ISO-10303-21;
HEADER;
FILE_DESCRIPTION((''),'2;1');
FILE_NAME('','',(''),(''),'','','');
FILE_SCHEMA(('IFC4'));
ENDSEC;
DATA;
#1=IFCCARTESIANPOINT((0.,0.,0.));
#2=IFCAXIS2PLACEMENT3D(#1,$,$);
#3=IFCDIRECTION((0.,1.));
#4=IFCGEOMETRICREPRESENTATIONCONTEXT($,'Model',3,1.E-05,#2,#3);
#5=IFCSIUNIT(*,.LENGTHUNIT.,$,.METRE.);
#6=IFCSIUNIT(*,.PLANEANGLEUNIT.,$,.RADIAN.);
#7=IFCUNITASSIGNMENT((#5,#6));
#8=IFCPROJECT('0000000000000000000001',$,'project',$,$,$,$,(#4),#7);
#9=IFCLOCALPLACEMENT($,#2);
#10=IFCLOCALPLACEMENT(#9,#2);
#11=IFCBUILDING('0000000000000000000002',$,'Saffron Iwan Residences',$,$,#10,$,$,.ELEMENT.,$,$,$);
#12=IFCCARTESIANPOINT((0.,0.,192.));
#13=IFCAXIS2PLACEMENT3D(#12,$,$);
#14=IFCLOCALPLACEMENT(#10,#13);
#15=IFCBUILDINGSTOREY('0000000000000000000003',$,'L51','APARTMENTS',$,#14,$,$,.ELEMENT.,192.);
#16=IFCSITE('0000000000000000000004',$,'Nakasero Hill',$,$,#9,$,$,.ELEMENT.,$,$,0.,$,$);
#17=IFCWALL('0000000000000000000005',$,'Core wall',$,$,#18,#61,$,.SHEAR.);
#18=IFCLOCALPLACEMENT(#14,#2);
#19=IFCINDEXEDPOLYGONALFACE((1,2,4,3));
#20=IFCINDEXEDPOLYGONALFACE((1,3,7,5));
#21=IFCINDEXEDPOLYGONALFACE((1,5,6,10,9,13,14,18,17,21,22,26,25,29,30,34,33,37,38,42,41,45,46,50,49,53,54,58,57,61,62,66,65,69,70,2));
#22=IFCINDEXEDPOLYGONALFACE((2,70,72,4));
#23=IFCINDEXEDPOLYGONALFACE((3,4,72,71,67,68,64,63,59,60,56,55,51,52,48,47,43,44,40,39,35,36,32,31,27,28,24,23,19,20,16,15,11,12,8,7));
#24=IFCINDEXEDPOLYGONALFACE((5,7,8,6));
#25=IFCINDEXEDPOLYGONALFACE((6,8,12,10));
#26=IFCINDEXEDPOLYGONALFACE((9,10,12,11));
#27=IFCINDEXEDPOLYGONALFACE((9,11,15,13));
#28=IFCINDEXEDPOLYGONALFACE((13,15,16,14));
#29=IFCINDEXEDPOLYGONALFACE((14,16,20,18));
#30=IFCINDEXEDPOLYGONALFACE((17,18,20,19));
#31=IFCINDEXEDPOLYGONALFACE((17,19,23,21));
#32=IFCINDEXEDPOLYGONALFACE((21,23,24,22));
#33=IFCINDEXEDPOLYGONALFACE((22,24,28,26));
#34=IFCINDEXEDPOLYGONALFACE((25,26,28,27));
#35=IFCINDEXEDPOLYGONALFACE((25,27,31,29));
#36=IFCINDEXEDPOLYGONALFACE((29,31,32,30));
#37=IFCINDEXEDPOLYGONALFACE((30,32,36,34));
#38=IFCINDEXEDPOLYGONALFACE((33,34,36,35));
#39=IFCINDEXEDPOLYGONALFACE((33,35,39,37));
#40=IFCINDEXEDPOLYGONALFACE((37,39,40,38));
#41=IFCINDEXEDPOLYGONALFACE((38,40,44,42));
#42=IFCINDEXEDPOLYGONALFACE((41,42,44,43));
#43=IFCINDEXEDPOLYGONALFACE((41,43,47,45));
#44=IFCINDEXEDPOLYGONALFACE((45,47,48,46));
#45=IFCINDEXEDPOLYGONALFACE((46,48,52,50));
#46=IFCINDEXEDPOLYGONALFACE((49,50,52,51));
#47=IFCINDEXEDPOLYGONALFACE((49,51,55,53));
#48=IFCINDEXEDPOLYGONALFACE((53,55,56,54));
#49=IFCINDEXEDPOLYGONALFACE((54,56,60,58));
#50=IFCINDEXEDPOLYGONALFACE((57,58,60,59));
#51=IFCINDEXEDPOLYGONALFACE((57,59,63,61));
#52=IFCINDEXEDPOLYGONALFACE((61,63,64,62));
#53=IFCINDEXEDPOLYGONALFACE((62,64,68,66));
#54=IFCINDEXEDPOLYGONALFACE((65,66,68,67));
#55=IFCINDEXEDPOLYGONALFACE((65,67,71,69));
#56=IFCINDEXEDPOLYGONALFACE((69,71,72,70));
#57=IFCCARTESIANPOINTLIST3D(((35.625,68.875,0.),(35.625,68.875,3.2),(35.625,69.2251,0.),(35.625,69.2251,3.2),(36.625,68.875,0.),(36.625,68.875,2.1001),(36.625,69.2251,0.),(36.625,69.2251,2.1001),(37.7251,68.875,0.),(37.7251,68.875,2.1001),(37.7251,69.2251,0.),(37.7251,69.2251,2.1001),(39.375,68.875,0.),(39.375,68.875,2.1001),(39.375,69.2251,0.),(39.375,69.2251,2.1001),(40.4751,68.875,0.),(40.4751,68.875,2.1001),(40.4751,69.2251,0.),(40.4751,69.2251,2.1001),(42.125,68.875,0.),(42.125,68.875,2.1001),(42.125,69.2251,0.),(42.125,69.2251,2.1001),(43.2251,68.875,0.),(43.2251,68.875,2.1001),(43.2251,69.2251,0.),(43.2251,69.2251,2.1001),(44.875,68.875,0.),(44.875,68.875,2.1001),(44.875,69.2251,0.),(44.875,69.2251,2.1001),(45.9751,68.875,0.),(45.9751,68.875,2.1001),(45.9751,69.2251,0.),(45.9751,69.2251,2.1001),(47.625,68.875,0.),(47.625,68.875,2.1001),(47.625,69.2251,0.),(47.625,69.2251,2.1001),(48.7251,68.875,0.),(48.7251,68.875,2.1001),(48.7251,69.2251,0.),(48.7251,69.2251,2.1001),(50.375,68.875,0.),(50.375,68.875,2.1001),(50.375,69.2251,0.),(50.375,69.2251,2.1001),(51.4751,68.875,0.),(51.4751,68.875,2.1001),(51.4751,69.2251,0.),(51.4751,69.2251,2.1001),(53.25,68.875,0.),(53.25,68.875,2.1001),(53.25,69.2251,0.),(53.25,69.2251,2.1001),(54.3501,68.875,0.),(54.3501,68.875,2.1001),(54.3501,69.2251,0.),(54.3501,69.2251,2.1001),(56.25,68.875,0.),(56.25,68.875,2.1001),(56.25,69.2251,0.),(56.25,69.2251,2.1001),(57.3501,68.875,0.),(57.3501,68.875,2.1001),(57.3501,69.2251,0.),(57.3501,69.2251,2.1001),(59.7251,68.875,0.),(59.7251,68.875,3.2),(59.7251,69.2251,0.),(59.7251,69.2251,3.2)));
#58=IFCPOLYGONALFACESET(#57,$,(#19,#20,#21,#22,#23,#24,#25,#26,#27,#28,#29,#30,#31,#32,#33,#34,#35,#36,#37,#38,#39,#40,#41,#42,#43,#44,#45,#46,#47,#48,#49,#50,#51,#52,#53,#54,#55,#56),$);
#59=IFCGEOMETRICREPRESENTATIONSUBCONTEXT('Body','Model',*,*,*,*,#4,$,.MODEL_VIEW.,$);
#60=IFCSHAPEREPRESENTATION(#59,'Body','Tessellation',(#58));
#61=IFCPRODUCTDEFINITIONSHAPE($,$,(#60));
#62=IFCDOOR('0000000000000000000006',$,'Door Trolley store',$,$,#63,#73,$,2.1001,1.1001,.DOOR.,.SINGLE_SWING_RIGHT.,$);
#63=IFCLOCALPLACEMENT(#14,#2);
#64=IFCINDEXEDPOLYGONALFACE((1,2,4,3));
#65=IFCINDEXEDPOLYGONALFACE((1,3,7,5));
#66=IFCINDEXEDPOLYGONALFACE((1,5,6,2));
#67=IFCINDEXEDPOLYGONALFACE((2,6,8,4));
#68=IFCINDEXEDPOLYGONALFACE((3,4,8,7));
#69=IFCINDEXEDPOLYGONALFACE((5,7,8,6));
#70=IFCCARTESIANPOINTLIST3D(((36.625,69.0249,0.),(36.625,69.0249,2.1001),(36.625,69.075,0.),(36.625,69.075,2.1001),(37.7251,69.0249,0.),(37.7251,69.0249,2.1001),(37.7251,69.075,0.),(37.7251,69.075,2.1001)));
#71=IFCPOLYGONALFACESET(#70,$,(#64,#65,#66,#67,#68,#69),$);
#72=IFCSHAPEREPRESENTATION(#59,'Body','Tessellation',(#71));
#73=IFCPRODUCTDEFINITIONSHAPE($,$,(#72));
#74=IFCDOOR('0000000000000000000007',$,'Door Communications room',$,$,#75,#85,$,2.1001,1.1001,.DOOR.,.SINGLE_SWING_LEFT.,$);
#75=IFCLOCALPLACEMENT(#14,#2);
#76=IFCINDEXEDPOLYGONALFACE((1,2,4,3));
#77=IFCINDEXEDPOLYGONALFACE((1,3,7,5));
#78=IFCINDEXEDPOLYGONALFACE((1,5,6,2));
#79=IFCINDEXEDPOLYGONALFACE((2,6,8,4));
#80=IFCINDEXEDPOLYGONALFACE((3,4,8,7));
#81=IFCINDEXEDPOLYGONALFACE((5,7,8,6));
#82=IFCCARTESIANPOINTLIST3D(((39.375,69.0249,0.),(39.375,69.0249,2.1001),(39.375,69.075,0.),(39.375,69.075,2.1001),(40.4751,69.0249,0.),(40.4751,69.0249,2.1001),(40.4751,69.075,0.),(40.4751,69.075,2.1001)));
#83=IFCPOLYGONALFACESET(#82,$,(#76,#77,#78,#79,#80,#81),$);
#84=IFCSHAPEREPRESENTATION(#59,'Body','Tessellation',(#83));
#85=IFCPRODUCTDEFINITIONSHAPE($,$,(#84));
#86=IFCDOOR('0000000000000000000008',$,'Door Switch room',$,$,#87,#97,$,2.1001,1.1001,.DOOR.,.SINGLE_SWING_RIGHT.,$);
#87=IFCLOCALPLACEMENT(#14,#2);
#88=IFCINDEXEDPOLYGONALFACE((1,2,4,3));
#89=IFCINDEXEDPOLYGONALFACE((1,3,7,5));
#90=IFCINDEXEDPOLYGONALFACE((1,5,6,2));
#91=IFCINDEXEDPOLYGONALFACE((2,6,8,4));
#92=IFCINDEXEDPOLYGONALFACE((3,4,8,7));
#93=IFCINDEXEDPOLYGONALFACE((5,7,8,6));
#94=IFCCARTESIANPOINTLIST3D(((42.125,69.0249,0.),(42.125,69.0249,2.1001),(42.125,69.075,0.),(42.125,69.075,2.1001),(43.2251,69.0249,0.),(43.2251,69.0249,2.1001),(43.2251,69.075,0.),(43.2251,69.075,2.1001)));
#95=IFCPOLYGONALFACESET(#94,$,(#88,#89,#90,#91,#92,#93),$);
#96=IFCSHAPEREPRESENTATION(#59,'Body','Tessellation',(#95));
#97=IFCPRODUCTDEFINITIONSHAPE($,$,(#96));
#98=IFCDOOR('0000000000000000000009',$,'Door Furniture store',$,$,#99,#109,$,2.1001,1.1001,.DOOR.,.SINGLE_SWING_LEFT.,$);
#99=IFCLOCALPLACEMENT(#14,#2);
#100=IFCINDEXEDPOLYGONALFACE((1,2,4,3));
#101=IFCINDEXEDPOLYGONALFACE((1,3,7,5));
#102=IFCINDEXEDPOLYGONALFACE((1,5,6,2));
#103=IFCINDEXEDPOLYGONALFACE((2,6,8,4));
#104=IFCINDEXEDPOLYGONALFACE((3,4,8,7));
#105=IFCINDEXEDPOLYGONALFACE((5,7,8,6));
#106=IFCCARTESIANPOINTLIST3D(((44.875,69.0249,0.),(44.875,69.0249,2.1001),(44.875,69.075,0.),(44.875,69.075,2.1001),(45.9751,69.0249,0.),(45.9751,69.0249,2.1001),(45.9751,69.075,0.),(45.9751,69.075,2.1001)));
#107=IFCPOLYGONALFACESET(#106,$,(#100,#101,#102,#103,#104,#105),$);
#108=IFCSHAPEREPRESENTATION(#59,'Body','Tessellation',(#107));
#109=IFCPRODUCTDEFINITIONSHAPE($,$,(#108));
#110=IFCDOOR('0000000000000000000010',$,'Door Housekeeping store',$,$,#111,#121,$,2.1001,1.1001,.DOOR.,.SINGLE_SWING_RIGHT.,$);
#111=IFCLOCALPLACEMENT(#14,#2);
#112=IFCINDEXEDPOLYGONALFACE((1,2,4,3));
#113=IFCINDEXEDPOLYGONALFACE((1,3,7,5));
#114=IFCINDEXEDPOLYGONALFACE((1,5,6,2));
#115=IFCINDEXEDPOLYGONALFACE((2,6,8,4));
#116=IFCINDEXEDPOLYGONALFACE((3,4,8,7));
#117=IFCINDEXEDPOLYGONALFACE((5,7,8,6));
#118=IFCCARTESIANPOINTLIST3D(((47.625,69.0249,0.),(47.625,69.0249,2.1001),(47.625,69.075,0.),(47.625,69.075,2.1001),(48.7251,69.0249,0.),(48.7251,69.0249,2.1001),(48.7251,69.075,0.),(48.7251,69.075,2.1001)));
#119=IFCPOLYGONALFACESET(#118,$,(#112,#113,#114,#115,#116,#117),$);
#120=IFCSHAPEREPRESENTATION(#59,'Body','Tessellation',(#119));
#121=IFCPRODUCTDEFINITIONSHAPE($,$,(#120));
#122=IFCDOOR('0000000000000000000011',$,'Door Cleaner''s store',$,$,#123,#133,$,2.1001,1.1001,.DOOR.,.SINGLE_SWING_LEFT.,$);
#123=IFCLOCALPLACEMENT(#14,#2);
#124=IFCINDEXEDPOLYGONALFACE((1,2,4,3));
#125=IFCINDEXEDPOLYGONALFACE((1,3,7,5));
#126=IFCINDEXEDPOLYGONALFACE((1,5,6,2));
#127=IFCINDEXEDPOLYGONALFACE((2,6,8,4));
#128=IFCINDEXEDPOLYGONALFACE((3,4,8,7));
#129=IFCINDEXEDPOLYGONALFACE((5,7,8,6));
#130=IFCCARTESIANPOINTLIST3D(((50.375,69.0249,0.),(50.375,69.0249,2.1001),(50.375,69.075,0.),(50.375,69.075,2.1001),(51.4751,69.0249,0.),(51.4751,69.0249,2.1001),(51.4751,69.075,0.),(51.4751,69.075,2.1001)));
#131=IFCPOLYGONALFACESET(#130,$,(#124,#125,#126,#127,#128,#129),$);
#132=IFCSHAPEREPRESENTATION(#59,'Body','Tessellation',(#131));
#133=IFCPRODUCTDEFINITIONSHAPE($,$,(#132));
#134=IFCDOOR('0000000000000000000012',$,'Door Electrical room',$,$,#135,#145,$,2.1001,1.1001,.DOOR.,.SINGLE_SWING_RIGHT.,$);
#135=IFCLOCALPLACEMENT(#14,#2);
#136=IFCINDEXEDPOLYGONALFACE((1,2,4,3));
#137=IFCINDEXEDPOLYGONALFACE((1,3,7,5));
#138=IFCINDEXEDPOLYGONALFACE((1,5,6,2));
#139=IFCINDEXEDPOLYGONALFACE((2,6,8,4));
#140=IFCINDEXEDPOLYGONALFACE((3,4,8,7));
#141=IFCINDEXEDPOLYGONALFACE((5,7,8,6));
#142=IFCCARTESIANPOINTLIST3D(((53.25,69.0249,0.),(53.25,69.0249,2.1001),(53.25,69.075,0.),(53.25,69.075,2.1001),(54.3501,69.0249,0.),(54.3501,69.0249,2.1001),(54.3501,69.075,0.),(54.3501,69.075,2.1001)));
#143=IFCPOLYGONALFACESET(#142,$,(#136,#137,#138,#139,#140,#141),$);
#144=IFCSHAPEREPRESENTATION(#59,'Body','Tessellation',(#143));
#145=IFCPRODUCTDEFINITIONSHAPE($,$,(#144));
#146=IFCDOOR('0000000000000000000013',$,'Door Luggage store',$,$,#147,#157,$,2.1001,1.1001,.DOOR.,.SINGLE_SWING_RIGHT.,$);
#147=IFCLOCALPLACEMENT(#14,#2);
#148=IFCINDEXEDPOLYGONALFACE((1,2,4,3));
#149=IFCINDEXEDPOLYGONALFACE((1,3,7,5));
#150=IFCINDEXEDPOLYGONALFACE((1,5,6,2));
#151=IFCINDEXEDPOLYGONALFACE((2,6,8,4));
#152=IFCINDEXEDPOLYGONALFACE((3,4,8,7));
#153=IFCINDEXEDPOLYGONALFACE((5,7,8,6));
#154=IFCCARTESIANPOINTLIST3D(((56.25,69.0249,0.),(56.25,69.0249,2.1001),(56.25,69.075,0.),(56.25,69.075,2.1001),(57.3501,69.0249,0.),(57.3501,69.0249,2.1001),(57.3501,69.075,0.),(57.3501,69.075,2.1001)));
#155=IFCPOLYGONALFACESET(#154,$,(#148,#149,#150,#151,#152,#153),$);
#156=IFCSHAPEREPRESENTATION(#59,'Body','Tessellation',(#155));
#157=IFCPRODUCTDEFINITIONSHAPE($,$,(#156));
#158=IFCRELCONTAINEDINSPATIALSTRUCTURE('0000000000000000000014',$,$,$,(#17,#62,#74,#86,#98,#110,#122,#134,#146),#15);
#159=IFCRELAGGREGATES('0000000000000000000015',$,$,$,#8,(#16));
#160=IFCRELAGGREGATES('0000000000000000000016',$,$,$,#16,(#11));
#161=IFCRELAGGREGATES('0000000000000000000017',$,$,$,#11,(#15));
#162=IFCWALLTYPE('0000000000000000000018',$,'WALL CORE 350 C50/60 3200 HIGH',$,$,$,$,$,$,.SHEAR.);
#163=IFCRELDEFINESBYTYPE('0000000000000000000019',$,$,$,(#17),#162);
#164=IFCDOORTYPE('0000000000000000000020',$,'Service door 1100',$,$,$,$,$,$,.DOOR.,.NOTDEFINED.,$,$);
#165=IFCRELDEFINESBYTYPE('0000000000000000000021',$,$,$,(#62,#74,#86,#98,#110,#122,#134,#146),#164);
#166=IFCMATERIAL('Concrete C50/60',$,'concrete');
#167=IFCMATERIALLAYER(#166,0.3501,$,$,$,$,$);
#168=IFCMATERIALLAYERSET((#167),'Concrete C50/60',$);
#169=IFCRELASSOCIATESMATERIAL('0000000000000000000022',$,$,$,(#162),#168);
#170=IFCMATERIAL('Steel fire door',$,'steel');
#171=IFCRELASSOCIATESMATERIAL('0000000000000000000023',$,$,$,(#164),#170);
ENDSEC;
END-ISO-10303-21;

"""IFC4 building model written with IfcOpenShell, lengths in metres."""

from ifc_helpers import new_model, si_unit, direction, frame, frame_2d, origin, place, context, subcontext, project, spatial, rectangle, extrude, material, layer, layer_set, type_object, element, fill, save


model = new_model("IFC4")

# Units and contexts
model_context = context("Model", 3, precision=1e-05, world=origin(), true_north=direction((0.0, 1.0)))
body_context = subcontext(model_context, "Body", "Model", "MODEL_VIEW")
ifc_project = project(units=[si_unit("LENGTHUNIT", "METRE"), si_unit("PLANEANGLEUNIT", "RADIAN")], contexts=[model_context])

# Site, building, storey
site_placement = place(None, origin())
site = spatial("IfcSite", under=ifc_project, at=site_placement, Name="Nakasero Hill", CompositionType="ELEMENT", RefElevation=0.0)
building_placement = place(site_placement, origin())
building = spatial("IfcBuilding", under=site, at=building_placement, Name="Saffron Iwan Residences", CompositionType="ELEMENT")
storey_placement = place(building_placement, frame((0.0, 0.0, 192.0)))
storey = spatial("IfcBuildingStorey", under=building, at=storey_placement, Name="L51", Description="APARTMENTS", CompositionType="ELEMENT", Elevation=192.0)

# Shared definitions
ifc_material_1 = material(Name="Concrete C50/60", Category="concrete")

# Shared definitions
ifc_material_2 = material(Name="Steel fire door", Category="steel")

# Wall, openings, doors
ifc_layer_1 = layer(ifc_material_1, 0.3501)
ifc_layer_set_1 = layer_set([ifc_layer_1], Name="Concrete C50/60")
wall_type_1 = type_object("IfcWallType", Name="WALL CORE 350 C50/60 3200 HIGH", PredefinedType="SHEAR", material=ifc_layer_set_1)
wall_1_placement = place(storey_placement, frame((35.625, 69.05, 0.0), z_axis=(0.0, 0.0, 1.0), x_axis=(1.0, 0.0, 0.0)))
wall_1 = element("IfcWall", 1, at=wall_1_placement, inside=storey, type_object=wall_type_1, Name="Core wall", PredefinedType="SHEAR", context=body_context, shape_type="SweptSolid", body=[
    extrude(rectangle(XDim=24.1001, YDim=0.3501, at=frame_2d((12.05, 0.0))), origin(), (0.0, 0.0, 1.0), 3.2),
])
opening_1_placement = place(wall_1_placement, frame((1.0, 0.0, 0.0)))
opening_1 = element("IfcOpeningElement", 2, at=opening_1_placement, cuts=wall_1, PredefinedType="OPENING", context=body_context, shape_type="SweptSolid", body=[
    extrude(rectangle(XDim=1.1001, YDim=2.1001, at=frame_2d((0.55, 1.05))), frame((0.0, 0.1851, 0.0), z_axis=(0.0, -1.0, 0.0), x_axis=(1.0, 0.0, 0.0)), (0.0, 0.0, 1.0), 0.3701),
])
opening_2_placement = place(wall_1_placement, frame((3.75, 0.0, 0.0)))
opening_2 = element("IfcOpeningElement", 3, at=opening_2_placement, cuts=wall_1, PredefinedType="OPENING", context=body_context, shape_type="SweptSolid", body=[
    extrude(rectangle(XDim=1.1001, YDim=2.1001, at=frame_2d((0.55, 1.05))), frame((0.0, 0.1851, 0.0), z_axis=(0.0, -1.0, 0.0), x_axis=(1.0, 0.0, 0.0)), (0.0, 0.0, 1.0), 0.3701),
])
opening_3_placement = place(wall_1_placement, frame((6.5, 0.0, 0.0)))
opening_3 = element("IfcOpeningElement", 4, at=opening_3_placement, cuts=wall_1, PredefinedType="OPENING", context=body_context, shape_type="SweptSolid", body=[
    extrude(rectangle(XDim=1.1001, YDim=2.1001, at=frame_2d((0.55, 1.05))), frame((0.0, 0.1851, 0.0), z_axis=(0.0, -1.0, 0.0), x_axis=(1.0, 0.0, 0.0)), (0.0, 0.0, 1.0), 0.3701),
])
opening_4_placement = place(wall_1_placement, frame((9.25, 0.0, 0.0)))
opening_4 = element("IfcOpeningElement", 5, at=opening_4_placement, cuts=wall_1, PredefinedType="OPENING", context=body_context, shape_type="SweptSolid", body=[
    extrude(rectangle(XDim=1.1001, YDim=2.1001, at=frame_2d((0.55, 1.05))), frame((0.0, 0.1851, 0.0), z_axis=(0.0, -1.0, 0.0), x_axis=(1.0, 0.0, 0.0)), (0.0, 0.0, 1.0), 0.3701),
])
opening_5_placement = place(wall_1_placement, frame((12.0, 0.0, 0.0)))
opening_5 = element("IfcOpeningElement", 6, at=opening_5_placement, cuts=wall_1, PredefinedType="OPENING", context=body_context, shape_type="SweptSolid", body=[
    extrude(rectangle(XDim=1.1001, YDim=2.1001, at=frame_2d((0.55, 1.05))), frame((0.0, 0.1851, 0.0), z_axis=(0.0, -1.0, 0.0), x_axis=(1.0, 0.0, 0.0)), (0.0, 0.0, 1.0), 0.3701),
])
opening_6_placement = place(wall_1_placement, frame((14.75, 0.0, 0.0)))
opening_6 = element("IfcOpeningElement", 7, at=opening_6_placement, cuts=wall_1, PredefinedType="OPENING", context=body_context, shape_type="SweptSolid", body=[
    extrude(rectangle(XDim=1.1001, YDim=2.1001, at=frame_2d((0.55, 1.05))), frame((0.0, 0.1851, 0.0), z_axis=(0.0, -1.0, 0.0), x_axis=(1.0, 0.0, 0.0)), (0.0, 0.0, 1.0), 0.3701),
])
opening_7_placement = place(wall_1_placement, frame((17.625, 0.0, 0.0)))
opening_7 = element("IfcOpeningElement", 8, at=opening_7_placement, cuts=wall_1, PredefinedType="OPENING", context=body_context, shape_type="SweptSolid", body=[
    extrude(rectangle(XDim=1.1001, YDim=2.1001, at=frame_2d((0.55, 1.05))), frame((0.0, 0.1851, 0.0), z_axis=(0.0, -1.0, 0.0), x_axis=(1.0, 0.0, 0.0)), (0.0, 0.0, 1.0), 0.3701),
])
opening_8_placement = place(wall_1_placement, frame((20.625, 0.0, 0.0)))
opening_8 = element("IfcOpeningElement", 9, at=opening_8_placement, cuts=wall_1, PredefinedType="OPENING", context=body_context, shape_type="SweptSolid", body=[
    extrude(rectangle(XDim=1.1001, YDim=2.1001, at=frame_2d((0.55, 1.05))), frame((0.0, 0.1851, 0.0), z_axis=(0.0, -1.0, 0.0), x_axis=(1.0, 0.0, 0.0)), (0.0, 0.0, 1.0), 0.3701),
])
door_type_1 = type_object("IfcDoorType", Name="Service door 1100", OperationType="NOTDEFINED", PredefinedType="DOOR", material=ifc_material_2)
door_1_placement = place(opening_1_placement, origin())
door_1 = element("IfcDoor", 10, at=door_1_placement, inside=storey, type_object=door_type_1, Name="Door Trolley store", OperationType="SINGLE_SWING_RIGHT", OverallHeight=2.1001, OverallWidth=1.1001, PredefinedType="DOOR", context=body_context, shape_type="SweptSolid", body=[
    extrude(rectangle(XDim=1.1001, YDim=2.1001, at=frame_2d((0.55, 1.05))), frame((0.0, 0.0249, 0.0), z_axis=(0.0, -1.0, 0.0), x_axis=(1.0, 0.0, 0.0)), (0.0, 0.0, 1.0), 0.05),
])
fill(opening_1, door_1)
door_2_placement = place(opening_2_placement, origin())
door_2 = element("IfcDoor", 11, at=door_2_placement, inside=storey, type_object=door_type_1, Name="Door Communications room", OperationType="SINGLE_SWING_LEFT", OverallHeight=2.1001, OverallWidth=1.1001, PredefinedType="DOOR", context=body_context, shape_type="SweptSolid", body=[
    extrude(rectangle(XDim=1.1001, YDim=2.1001, at=frame_2d((0.55, 1.05))), frame((0.0, 0.0249, 0.0), z_axis=(0.0, -1.0, 0.0), x_axis=(1.0, 0.0, 0.0)), (0.0, 0.0, 1.0), 0.05),
])
fill(opening_2, door_2)
door_3_placement = place(opening_3_placement, origin())
door_3 = element("IfcDoor", 12, at=door_3_placement, inside=storey, type_object=door_type_1, Name="Door Switch room", OperationType="SINGLE_SWING_RIGHT", OverallHeight=2.1001, OverallWidth=1.1001, PredefinedType="DOOR", context=body_context, shape_type="SweptSolid", body=[
    extrude(rectangle(XDim=1.1001, YDim=2.1001, at=frame_2d((0.55, 1.05))), frame((0.0, 0.0249, 0.0), z_axis=(0.0, -1.0, 0.0), x_axis=(1.0, 0.0, 0.0)), (0.0, 0.0, 1.0), 0.05),
])
fill(opening_3, door_3)
door_4_placement = place(opening_4_placement, origin())
door_4 = element("IfcDoor", 13, at=door_4_placement, inside=storey, type_object=door_type_1, Name="Door Furniture store", OperationType="SINGLE_SWING_LEFT", OverallHeight=2.1001, OverallWidth=1.1001, PredefinedType="DOOR", context=body_context, shape_type="SweptSolid", body=[
    extrude(rectangle(XDim=1.1001, YDim=2.1001, at=frame_2d((0.55, 1.05))), frame((0.0, 0.0249, 0.0), z_axis=(0.0, -1.0, 0.0), x_axis=(1.0, 0.0, 0.0)), (0.0, 0.0, 1.0), 0.05),
])
fill(opening_4, door_4)
door_5_placement = place(opening_5_placement, origin())
door_5 = element("IfcDoor", 14, at=door_5_placement, inside=storey, type_object=door_type_1, Name="Door Housekeeping store", OperationType="SINGLE_SWING_RIGHT", OverallHeight=2.1001, OverallWidth=1.1001, PredefinedType="DOOR", context=body_context, shape_type="SweptSolid", body=[
    extrude(rectangle(XDim=1.1001, YDim=2.1001, at=frame_2d((0.55, 1.05))), frame((0.0, 0.0249, 0.0), z_axis=(0.0, -1.0, 0.0), x_axis=(1.0, 0.0, 0.0)), (0.0, 0.0, 1.0), 0.05),
])
fill(opening_5, door_5)
door_6_placement = place(opening_6_placement, origin())
door_6 = element("IfcDoor", 15, at=door_6_placement, inside=storey, type_object=door_type_1, Name="Door Cleaner's store", OperationType="SINGLE_SWING_LEFT", OverallHeight=2.1001, OverallWidth=1.1001, PredefinedType="DOOR", context=body_context, shape_type="SweptSolid", body=[
    extrude(rectangle(XDim=1.1001, YDim=2.1001, at=frame_2d((0.55, 1.05))), frame((0.0, 0.0249, 0.0), z_axis=(0.0, -1.0, 0.0), x_axis=(1.0, 0.0, 0.0)), (0.0, 0.0, 1.0), 0.05),
])
fill(opening_6, door_6)
door_7_placement = place(opening_7_placement, origin())
door_7 = element("IfcDoor", 16, at=door_7_placement, inside=storey, type_object=door_type_1, Name="Door Electrical room", OperationType="SINGLE_SWING_RIGHT", OverallHeight=2.1001, OverallWidth=1.1001, PredefinedType="DOOR", context=body_context, shape_type="SweptSolid", body=[
    extrude(rectangle(XDim=1.1001, YDim=2.1001, at=frame_2d((0.55, 1.05))), frame((0.0, 0.0249, 0.0), z_axis=(0.0, -1.0, 0.0), x_axis=(1.0, 0.0, 0.0)), (0.0, 0.0, 1.0), 0.05),
])
fill(opening_7, door_7)
door_8_placement = place(opening_8_placement, origin())
door_8 = element("IfcDoor", 17, at=door_8_placement, inside=storey, type_object=door_type_1, Name="Door Luggage store", OperationType="SINGLE_SWING_RIGHT", OverallHeight=2.1001, OverallWidth=1.1001, PredefinedType="DOOR", context=body_context, shape_type="SweptSolid", body=[
    extrude(rectangle(XDim=1.1001, YDim=2.1001, at=frame_2d((0.55, 1.05))), frame((0.0, 0.0249, 0.0), z_axis=(0.0, -1.0, 0.0), x_axis=(1.0, 0.0, 0.0)), (0.0, 0.0, 1.0), 0.05),
])
fill(opening_8, door_8)

save(model, "model.ifc")
